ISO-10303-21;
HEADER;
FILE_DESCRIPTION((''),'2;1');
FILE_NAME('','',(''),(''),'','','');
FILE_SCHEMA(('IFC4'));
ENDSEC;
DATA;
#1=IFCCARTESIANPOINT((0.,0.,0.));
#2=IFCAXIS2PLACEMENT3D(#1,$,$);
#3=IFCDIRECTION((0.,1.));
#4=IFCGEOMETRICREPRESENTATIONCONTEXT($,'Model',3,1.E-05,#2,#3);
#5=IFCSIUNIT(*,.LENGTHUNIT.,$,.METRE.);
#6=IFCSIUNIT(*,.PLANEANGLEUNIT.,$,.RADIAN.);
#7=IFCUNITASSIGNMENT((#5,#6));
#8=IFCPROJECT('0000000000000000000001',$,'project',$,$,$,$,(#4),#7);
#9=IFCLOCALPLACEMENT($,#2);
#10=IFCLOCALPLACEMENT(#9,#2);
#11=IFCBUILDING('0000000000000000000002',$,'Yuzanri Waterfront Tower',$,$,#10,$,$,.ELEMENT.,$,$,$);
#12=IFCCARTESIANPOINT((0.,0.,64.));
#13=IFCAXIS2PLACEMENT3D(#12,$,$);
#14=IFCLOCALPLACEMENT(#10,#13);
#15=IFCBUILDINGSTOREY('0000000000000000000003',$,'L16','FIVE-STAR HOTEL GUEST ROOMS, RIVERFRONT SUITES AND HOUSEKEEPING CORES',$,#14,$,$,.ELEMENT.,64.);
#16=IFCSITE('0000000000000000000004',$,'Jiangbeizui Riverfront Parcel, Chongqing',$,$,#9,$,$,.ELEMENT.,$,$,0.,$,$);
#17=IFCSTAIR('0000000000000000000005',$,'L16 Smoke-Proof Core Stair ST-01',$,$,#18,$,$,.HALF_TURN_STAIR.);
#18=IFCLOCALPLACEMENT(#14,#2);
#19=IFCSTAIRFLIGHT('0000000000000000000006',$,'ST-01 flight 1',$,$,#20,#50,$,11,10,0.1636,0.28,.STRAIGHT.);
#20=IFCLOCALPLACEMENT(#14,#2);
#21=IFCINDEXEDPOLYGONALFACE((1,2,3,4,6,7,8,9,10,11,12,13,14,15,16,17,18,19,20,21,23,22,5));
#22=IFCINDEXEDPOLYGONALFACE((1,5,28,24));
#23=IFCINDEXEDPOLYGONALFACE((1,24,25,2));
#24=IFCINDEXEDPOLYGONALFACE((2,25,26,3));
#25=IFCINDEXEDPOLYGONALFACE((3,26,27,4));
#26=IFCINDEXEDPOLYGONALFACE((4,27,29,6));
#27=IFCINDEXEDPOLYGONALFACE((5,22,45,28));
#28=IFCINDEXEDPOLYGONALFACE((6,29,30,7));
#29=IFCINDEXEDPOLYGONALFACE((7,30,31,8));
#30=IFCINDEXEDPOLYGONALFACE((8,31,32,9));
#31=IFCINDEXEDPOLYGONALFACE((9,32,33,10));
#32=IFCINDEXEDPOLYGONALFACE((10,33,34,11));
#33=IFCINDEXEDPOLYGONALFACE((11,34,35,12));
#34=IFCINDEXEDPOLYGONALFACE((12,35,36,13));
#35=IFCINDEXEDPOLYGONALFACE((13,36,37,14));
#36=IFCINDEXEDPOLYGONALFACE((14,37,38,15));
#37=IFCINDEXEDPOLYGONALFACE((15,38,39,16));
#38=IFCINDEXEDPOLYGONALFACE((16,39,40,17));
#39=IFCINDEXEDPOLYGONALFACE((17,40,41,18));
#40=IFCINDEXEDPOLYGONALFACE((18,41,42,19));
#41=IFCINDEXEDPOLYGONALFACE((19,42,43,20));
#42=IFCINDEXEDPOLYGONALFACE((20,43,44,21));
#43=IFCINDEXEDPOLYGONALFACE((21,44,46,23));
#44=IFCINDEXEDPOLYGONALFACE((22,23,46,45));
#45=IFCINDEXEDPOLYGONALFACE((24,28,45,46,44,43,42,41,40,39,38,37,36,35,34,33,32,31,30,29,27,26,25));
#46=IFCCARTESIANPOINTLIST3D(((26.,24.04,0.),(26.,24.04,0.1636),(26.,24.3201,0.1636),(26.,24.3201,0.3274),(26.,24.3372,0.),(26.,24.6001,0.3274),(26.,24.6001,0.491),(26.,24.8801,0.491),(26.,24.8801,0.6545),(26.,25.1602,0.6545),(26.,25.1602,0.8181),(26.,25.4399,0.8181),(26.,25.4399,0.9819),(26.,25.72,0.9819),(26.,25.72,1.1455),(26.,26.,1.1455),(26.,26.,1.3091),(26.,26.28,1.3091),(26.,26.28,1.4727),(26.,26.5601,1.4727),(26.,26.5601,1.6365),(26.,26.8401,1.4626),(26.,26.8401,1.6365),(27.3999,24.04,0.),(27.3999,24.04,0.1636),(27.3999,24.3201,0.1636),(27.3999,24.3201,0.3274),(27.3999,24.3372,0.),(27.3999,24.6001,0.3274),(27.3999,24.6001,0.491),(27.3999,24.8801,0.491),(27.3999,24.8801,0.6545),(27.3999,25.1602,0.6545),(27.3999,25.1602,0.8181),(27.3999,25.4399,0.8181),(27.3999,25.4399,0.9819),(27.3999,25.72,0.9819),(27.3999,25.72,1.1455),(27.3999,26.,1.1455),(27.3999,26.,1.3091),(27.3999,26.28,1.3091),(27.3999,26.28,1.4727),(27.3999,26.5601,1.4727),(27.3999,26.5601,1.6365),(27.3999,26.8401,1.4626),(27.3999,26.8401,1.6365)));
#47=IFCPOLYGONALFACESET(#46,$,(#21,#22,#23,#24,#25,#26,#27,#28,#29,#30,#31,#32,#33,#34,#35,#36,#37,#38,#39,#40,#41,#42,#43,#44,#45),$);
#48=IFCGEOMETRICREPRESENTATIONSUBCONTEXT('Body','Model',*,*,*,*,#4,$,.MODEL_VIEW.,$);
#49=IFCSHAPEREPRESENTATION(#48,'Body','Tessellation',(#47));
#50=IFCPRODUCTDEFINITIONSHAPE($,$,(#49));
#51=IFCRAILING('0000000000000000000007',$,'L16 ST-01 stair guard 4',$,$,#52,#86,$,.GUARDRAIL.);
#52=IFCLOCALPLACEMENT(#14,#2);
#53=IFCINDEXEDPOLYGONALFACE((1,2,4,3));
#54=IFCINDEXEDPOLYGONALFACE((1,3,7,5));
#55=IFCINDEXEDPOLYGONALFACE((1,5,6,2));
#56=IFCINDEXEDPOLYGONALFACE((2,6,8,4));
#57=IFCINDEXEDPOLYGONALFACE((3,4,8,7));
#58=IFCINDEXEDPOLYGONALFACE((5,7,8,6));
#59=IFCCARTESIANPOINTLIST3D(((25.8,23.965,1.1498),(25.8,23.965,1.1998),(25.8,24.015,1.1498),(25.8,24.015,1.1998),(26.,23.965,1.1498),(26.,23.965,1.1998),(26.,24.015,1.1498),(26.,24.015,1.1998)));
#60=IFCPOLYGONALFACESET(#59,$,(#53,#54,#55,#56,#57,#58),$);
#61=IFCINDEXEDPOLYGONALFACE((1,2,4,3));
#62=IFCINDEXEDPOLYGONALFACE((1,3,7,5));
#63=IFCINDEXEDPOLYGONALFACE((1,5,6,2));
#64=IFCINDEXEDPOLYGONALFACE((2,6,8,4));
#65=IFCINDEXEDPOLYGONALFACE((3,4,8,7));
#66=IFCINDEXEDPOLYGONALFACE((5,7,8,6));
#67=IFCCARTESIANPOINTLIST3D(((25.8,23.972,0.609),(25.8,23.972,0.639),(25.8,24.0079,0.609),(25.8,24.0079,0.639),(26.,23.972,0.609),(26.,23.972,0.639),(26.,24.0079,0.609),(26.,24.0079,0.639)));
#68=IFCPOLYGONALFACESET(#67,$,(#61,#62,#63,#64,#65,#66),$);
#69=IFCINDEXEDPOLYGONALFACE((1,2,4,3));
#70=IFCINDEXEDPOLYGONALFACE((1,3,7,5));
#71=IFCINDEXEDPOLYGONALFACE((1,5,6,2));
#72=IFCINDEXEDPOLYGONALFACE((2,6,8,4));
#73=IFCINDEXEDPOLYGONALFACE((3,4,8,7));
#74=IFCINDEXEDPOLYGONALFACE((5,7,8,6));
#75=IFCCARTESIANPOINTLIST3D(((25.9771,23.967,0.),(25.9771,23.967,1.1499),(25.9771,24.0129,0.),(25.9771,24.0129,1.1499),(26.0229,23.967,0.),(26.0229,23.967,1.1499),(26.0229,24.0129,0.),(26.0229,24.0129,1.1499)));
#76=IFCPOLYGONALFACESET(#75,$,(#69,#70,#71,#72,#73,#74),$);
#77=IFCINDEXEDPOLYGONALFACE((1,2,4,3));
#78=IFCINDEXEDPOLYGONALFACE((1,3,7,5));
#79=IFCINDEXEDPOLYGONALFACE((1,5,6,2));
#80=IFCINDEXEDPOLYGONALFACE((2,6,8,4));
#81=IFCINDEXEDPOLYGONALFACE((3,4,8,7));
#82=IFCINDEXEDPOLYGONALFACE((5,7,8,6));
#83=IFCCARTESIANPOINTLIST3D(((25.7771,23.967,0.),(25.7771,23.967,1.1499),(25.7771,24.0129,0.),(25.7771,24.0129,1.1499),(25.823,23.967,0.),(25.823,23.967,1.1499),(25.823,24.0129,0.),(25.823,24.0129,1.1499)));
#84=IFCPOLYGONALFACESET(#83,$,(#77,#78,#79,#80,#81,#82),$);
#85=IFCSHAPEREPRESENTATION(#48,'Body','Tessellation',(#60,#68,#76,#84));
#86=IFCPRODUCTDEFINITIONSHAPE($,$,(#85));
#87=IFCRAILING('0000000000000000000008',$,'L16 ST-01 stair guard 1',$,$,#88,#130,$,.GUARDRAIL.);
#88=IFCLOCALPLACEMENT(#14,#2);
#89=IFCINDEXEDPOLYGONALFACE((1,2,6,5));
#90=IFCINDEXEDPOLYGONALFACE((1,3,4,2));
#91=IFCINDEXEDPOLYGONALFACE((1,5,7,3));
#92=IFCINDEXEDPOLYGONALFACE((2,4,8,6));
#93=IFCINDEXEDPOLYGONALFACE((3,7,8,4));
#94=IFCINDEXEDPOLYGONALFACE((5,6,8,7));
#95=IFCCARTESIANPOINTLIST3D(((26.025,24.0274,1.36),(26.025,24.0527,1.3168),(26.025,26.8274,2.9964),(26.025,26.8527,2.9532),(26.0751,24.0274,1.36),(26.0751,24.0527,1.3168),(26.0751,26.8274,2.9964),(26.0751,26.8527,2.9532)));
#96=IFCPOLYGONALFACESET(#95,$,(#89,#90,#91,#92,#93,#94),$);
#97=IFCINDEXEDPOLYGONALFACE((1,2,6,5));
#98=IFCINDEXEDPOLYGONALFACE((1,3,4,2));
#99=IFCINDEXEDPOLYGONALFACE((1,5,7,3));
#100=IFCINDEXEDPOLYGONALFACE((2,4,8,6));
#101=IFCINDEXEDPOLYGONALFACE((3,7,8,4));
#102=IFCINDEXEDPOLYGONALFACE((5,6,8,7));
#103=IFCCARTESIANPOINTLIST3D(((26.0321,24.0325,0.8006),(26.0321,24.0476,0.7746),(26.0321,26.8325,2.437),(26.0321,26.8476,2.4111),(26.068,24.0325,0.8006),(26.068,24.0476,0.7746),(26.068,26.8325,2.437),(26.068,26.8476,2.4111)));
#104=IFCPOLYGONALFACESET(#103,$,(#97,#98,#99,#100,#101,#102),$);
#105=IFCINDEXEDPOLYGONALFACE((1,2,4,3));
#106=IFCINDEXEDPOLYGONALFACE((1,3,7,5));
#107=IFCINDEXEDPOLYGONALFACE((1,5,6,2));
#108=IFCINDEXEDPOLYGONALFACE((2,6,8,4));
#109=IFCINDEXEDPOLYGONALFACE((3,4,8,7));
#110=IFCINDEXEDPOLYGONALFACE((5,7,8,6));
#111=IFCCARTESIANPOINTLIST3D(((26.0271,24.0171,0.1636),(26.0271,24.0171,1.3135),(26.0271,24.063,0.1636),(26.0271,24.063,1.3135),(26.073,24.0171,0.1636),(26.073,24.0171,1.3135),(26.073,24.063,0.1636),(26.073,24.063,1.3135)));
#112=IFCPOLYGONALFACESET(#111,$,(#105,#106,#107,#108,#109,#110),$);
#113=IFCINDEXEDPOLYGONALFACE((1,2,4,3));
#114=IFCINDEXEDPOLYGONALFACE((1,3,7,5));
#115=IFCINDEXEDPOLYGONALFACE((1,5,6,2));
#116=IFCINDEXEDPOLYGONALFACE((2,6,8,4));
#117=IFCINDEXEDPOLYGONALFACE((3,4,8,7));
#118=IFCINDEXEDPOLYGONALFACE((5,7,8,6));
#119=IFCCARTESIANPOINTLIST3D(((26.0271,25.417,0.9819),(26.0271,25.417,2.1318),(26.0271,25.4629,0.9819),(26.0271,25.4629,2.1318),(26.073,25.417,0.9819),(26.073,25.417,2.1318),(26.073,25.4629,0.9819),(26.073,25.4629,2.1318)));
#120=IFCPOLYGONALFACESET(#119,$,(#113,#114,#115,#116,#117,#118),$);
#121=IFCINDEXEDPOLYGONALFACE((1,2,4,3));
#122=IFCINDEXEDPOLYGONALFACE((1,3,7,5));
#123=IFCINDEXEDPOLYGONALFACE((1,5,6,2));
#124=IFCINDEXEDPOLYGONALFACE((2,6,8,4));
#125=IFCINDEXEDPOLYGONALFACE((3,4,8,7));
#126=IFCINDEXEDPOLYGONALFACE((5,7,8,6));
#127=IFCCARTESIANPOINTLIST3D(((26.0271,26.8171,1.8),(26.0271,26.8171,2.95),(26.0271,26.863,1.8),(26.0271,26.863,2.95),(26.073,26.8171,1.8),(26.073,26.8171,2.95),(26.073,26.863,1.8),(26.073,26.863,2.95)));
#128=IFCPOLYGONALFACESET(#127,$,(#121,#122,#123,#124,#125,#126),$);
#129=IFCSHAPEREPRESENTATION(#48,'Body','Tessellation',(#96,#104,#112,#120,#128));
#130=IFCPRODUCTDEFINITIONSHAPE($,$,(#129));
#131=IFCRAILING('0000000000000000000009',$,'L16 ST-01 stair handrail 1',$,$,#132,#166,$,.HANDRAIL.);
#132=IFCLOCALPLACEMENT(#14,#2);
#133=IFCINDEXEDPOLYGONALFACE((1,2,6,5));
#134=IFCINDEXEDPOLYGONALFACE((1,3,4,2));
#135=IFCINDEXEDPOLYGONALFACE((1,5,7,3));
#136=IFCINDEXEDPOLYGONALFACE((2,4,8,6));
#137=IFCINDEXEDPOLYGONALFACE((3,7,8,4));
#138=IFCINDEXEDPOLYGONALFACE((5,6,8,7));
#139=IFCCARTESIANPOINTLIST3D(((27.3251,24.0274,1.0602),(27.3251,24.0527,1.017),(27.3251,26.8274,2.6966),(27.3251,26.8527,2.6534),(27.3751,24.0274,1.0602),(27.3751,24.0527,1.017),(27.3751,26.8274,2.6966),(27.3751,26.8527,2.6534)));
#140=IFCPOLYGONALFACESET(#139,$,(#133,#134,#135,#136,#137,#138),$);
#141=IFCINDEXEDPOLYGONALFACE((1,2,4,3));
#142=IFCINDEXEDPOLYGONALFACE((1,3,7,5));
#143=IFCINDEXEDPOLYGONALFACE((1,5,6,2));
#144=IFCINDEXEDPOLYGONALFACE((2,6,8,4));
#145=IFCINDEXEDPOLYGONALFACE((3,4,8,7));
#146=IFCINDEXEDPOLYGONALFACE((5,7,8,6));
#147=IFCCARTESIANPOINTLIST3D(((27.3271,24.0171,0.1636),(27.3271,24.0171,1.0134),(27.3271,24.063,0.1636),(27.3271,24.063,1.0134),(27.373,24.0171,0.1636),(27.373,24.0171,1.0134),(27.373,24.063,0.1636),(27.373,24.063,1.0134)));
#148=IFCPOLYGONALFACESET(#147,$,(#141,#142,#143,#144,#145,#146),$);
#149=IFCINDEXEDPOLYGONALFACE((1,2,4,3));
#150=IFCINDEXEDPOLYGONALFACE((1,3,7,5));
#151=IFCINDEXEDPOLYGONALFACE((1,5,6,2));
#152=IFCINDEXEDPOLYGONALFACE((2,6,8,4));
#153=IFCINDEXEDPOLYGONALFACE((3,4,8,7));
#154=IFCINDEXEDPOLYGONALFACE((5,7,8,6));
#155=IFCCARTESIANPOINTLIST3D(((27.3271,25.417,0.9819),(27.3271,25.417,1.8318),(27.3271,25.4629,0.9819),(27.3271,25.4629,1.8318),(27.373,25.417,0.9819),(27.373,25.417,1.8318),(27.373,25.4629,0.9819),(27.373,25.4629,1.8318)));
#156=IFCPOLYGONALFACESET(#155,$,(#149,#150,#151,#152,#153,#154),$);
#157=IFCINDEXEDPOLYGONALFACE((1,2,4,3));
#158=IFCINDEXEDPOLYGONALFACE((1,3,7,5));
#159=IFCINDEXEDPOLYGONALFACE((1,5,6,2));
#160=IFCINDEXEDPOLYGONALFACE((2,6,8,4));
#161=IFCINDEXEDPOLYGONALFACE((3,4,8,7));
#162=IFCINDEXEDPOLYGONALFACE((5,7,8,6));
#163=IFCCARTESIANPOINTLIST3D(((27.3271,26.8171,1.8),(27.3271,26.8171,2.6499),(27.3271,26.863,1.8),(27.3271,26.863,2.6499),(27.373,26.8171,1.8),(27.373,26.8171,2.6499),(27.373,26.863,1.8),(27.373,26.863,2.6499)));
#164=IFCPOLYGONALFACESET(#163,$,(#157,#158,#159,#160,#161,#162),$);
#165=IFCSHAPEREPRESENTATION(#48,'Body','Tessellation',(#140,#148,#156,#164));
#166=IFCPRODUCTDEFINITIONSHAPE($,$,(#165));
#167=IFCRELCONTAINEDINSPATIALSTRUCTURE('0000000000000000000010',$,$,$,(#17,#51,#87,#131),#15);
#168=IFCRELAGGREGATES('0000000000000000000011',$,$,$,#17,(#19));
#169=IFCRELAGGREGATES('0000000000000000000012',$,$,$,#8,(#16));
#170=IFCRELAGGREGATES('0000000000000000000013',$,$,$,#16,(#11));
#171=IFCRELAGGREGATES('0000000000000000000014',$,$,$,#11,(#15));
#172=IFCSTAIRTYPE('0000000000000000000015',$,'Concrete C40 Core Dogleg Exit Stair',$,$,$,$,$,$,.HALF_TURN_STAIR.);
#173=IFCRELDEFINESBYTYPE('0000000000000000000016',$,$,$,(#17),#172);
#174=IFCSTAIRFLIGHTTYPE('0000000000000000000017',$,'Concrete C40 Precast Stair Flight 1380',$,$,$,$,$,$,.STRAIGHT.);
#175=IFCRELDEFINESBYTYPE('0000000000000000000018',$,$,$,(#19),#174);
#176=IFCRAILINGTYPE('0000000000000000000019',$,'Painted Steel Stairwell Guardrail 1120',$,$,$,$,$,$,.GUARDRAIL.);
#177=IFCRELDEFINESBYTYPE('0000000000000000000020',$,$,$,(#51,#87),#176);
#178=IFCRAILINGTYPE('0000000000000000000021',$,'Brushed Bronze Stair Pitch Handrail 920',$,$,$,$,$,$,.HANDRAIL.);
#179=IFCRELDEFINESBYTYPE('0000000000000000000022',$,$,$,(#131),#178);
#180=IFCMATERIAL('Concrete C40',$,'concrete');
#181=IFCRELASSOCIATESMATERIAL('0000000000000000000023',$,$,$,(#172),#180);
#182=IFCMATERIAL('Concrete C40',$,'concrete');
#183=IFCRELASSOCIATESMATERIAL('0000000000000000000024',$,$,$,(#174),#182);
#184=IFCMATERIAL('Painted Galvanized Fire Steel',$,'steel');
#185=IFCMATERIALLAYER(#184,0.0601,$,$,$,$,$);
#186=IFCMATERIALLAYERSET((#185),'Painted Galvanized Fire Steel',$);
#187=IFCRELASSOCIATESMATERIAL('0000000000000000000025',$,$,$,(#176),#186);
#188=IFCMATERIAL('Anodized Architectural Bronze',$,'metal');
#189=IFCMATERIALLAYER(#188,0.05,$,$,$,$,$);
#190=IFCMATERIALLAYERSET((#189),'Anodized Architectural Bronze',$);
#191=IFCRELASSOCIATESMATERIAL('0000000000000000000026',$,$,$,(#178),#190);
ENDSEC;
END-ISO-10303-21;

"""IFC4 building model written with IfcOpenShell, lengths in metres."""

from ifc_helpers import new_model, si_unit, direction, frame, origin, origin_2d, place, context, subcontext, project, spatial, polyline, rectangle, outline, extrude, source, transform, mapped, material, layer, layer_set, type_object, element, aggregate, save


model = new_model("IFC4")

# Units and contexts
model_context = context("Model", 3, precision=1e-05, world=origin(), true_north=direction((0.0, 1.0)))
body_context = subcontext(model_context, "Body", "Model", "MODEL_VIEW")
ifc_project = project(units=[si_unit("LENGTHUNIT", "METRE"), si_unit("PLANEANGLEUNIT", "RADIAN")], contexts=[model_context])

# Site, building, storey
site_placement = place(None, origin())
site = spatial("IfcSite", under=ifc_project, at=site_placement, Name="Jiangbeizui Riverfront Parcel, Chongqing", CompositionType="ELEMENT", RefElevation=0.0)
building_placement = place(site_placement, origin())
building = spatial("IfcBuilding", under=site, at=building_placement, Name="Yuzanri Waterfront Tower", CompositionType="ELEMENT")
storey_placement = place(building_placement, frame((0.0, 0.0, 64.0)))
storey = spatial("IfcBuildingStorey", under=building, at=storey_placement, Name="L16", Description="FIVE-STAR HOTEL GUEST ROOMS, RIVERFRONT SUITES AND HOUSEKEEPING CORES", CompositionType="ELEMENT", Elevation=64.0)

# Stair, stair flight
ifc_material_1 = material(Name="Concrete C40", Category="concrete")
stair_type = type_object("IfcStairType", Name="Concrete C40 Core Dogleg Exit Stair", PredefinedType="HALF_TURN_STAIR", material=ifc_material_1)
stair_placement = place(storey_placement, origin())
stair = element("IfcStair", 1, at=stair_placement, inside=storey, type_object=stair_type, Name="L16 Smoke-Proof Core Stair ST-01", PredefinedType="HALF_TURN_STAIR")
ifc_material_2 = material(Name="Concrete C40", Category="concrete")
stair_flight_type = type_object("IfcStairFlightType", Name="Concrete C40 Precast Stair Flight 1380", PredefinedType="STRAIGHT", material=ifc_material_2)
shared_shape_1 = source(origin(), body_context, "Body", "SweptSolid", [
    extrude(outline(polyline([(0.0, 0.0), (0.0, 0.1636), (0.28, 0.1636), (0.28, 0.3274), (0.5601, 0.3274), (0.5601, 0.491), (0.8401, 0.491), (0.8401, 0.6545), (1.1201, 0.6545), (1.1201, 0.8181), (1.3999, 0.8181), (1.3999, 0.9819), (1.6799, 0.9819), (1.6799, 1.1455), (1.96, 1.1455), (1.96, 1.3091), (2.24, 1.3091), (2.24, 1.4727), (2.52, 1.4727), (2.52, 1.6365), (2.8, 1.6365), (2.8, 1.8), (2.8, 1.4626), (0.2971, 0.0), (0.0, 0.0)])), frame((0.0, 0.7, 0.0), z_axis=(0.0, -1.0, 0.0), x_axis=(1.0, 0.0, 0.0)), (0.0, 0.0, 1.0), 1.3999),
])
stair_flight_placement = place(storey_placement, frame((26.7, 24.04, 0.0), z_axis=(0.0, 0.0, 1.0), x_axis=(0.0, 1.0, 0.0)))
stair_flight = element("IfcStairFlight", 2, at=stair_flight_placement, type_object=stair_flight_type, Name="ST-01 flight 1", NumberOfRisers=11, NumberOfTreads=10, PredefinedType="STRAIGHT", RiserHeight=0.1636, TreadLength=0.28, context=body_context, shape_type="MappedRepresentation", body=[
    mapped(shared_shape_1, transform((0.0, 0.0, 0.0), scale=1.0)),
])
aggregate(stair, [stair_flight])

# Railings
ifc_material_3 = material(Name="Painted Galvanized Fire Steel", Category="steel")
ifc_layer_1 = layer(ifc_material_3, 0.0601)
ifc_layer_set_1 = layer_set([ifc_layer_1], Name="Painted Galvanized Fire Steel")
railing_type_1 = type_object("IfcRailingType", Name="Painted Steel Stairwell Guardrail 1120", PredefinedType="GUARDRAIL", material=ifc_layer_set_1)
shared_shape_2 = source(origin(), body_context, "Body", "SweptSolid", [
    extrude(rectangle(XDim=0.05, YDim=0.05, at=origin_2d()), frame((0.0, 0.0, 1.1748), z_axis=(-1.0, 0.0, 0.0), x_axis=(0.0, -1.0, 0.0)), (0.0, 0.0, 1.0), 0.2),
    extrude(rectangle(XDim=0.0359, YDim=0.03, at=origin_2d()), frame((0.0, 0.0, 0.624), z_axis=(-1.0, 0.0, 0.0), x_axis=(0.0, -1.0, 0.0)), (0.0, 0.0, 1.0), 0.2),
    extrude(rectangle(XDim=0.0459, YDim=0.0459, at=origin_2d()), origin(), (0.0, 0.0, 1.0), 1.1499),
    extrude(rectangle(XDim=0.0459, YDim=0.0459, at=origin_2d()), frame((-0.2, 0.0, 0.0)), (0.0, 0.0, 1.0), 1.1499),
])
railing_1_placement = place(storey_placement, frame((26.0, 23.99, 0.0)))
element("IfcRailing", 3, at=railing_1_placement, inside=storey, type_object=railing_type_1, Name="L16 ST-01 stair guard 4", PredefinedType="GUARDRAIL", context=body_context, shape_type="MappedRepresentation", body=[
    mapped(shared_shape_2, transform((0.0, 0.0, 0.0), scale=1.0)),
])
shared_shape_3 = source(origin(), body_context, "Body", "SweptSolid", [
    extrude(rectangle(XDim=0.05, YDim=0.05, at=origin_2d()), frame((0.0, 0.0, 1.1748), z_axis=(0.0, 0.863361, 0.504587), x_axis=(-1.0, 0.0, 0.0)), (0.0, 0.0, 1.0), 3.2432),
    extrude(rectangle(XDim=0.0359, YDim=0.03, at=origin_2d()), frame((0.0, 0.0, 0.624), z_axis=(0.0, 0.863361, 0.504587), x_axis=(-1.0, 0.0, 0.0)), (0.0, 0.0, 1.0), 3.2432),
    extrude(rectangle(XDim=0.0459, YDim=0.0459, at=origin_2d()), origin(), (0.0, 0.0, 1.0), 1.1499),
    extrude(rectangle(XDim=0.0459, YDim=0.0459, at=origin_2d()), frame((0.0, 1.3999, 0.8184)), (0.0, 0.0, 1.0), 1.1499),
    extrude(rectangle(XDim=0.0459, YDim=0.0459, at=origin_2d()), frame((0.0, 2.8, 1.6365)), (0.0, 0.0, 1.0), 1.1499),
])
railing_2_placement = place(storey_placement, frame((26.05, 24.04, 0.1636)))
element("IfcRailing", 4, at=railing_2_placement, inside=storey, type_object=railing_type_1, Name="L16 ST-01 stair guard 1", PredefinedType="GUARDRAIL", context=body_context, shape_type="MappedRepresentation", body=[
    mapped(shared_shape_3, transform((0.0, 0.0, 0.0), scale=1.0)),
])
ifc_material_4 = material(Name="Anodized Architectural Bronze", Category="metal")
ifc_layer_2 = layer(ifc_material_4, 0.05)
ifc_layer_set_2 = layer_set([ifc_layer_2], Name="Anodized Architectural Bronze")
railing_type_2 = type_object("IfcRailingType", Name="Brushed Bronze Stair Pitch Handrail 920", PredefinedType="HANDRAIL", material=ifc_layer_set_2)
shared_shape_4 = source(origin(), body_context, "Body", "SweptSolid", [
    extrude(rectangle(XDim=0.05, YDim=0.05, at=origin_2d()), frame((0.0, 0.0, 0.875), z_axis=(0.0, 0.863361, 0.504587), x_axis=(-1.0, 0.0, 0.0)), (0.0, 0.0, 1.0), 3.2432),
    extrude(rectangle(XDim=0.0459, YDim=0.0459, at=origin_2d()), origin(), (0.0, 0.0, 1.0), 0.8499),
    extrude(rectangle(XDim=0.0459, YDim=0.0459, at=origin_2d()), frame((0.0, 1.3999, 0.8184)), (0.0, 0.0, 1.0), 0.8499),
    extrude(rectangle(XDim=0.0459, YDim=0.0459, at=origin_2d()), frame((0.0, 2.8, 1.6365)), (0.0, 0.0, 1.0), 0.8499),
])
railing_3_placement = place(storey_placement, frame((27.3501, 24.04, 0.1636)))
element("IfcRailing", 5, at=railing_3_placement, inside=storey, type_object=railing_type_2, Name="L16 ST-01 stair handrail 1", PredefinedType="HANDRAIL", context=body_context, shape_type="MappedRepresentation", body=[
    mapped(shared_shape_4, transform((0.0, 0.0, 0.0), scale=1.0)),
])

save(model, "model.ifc")
